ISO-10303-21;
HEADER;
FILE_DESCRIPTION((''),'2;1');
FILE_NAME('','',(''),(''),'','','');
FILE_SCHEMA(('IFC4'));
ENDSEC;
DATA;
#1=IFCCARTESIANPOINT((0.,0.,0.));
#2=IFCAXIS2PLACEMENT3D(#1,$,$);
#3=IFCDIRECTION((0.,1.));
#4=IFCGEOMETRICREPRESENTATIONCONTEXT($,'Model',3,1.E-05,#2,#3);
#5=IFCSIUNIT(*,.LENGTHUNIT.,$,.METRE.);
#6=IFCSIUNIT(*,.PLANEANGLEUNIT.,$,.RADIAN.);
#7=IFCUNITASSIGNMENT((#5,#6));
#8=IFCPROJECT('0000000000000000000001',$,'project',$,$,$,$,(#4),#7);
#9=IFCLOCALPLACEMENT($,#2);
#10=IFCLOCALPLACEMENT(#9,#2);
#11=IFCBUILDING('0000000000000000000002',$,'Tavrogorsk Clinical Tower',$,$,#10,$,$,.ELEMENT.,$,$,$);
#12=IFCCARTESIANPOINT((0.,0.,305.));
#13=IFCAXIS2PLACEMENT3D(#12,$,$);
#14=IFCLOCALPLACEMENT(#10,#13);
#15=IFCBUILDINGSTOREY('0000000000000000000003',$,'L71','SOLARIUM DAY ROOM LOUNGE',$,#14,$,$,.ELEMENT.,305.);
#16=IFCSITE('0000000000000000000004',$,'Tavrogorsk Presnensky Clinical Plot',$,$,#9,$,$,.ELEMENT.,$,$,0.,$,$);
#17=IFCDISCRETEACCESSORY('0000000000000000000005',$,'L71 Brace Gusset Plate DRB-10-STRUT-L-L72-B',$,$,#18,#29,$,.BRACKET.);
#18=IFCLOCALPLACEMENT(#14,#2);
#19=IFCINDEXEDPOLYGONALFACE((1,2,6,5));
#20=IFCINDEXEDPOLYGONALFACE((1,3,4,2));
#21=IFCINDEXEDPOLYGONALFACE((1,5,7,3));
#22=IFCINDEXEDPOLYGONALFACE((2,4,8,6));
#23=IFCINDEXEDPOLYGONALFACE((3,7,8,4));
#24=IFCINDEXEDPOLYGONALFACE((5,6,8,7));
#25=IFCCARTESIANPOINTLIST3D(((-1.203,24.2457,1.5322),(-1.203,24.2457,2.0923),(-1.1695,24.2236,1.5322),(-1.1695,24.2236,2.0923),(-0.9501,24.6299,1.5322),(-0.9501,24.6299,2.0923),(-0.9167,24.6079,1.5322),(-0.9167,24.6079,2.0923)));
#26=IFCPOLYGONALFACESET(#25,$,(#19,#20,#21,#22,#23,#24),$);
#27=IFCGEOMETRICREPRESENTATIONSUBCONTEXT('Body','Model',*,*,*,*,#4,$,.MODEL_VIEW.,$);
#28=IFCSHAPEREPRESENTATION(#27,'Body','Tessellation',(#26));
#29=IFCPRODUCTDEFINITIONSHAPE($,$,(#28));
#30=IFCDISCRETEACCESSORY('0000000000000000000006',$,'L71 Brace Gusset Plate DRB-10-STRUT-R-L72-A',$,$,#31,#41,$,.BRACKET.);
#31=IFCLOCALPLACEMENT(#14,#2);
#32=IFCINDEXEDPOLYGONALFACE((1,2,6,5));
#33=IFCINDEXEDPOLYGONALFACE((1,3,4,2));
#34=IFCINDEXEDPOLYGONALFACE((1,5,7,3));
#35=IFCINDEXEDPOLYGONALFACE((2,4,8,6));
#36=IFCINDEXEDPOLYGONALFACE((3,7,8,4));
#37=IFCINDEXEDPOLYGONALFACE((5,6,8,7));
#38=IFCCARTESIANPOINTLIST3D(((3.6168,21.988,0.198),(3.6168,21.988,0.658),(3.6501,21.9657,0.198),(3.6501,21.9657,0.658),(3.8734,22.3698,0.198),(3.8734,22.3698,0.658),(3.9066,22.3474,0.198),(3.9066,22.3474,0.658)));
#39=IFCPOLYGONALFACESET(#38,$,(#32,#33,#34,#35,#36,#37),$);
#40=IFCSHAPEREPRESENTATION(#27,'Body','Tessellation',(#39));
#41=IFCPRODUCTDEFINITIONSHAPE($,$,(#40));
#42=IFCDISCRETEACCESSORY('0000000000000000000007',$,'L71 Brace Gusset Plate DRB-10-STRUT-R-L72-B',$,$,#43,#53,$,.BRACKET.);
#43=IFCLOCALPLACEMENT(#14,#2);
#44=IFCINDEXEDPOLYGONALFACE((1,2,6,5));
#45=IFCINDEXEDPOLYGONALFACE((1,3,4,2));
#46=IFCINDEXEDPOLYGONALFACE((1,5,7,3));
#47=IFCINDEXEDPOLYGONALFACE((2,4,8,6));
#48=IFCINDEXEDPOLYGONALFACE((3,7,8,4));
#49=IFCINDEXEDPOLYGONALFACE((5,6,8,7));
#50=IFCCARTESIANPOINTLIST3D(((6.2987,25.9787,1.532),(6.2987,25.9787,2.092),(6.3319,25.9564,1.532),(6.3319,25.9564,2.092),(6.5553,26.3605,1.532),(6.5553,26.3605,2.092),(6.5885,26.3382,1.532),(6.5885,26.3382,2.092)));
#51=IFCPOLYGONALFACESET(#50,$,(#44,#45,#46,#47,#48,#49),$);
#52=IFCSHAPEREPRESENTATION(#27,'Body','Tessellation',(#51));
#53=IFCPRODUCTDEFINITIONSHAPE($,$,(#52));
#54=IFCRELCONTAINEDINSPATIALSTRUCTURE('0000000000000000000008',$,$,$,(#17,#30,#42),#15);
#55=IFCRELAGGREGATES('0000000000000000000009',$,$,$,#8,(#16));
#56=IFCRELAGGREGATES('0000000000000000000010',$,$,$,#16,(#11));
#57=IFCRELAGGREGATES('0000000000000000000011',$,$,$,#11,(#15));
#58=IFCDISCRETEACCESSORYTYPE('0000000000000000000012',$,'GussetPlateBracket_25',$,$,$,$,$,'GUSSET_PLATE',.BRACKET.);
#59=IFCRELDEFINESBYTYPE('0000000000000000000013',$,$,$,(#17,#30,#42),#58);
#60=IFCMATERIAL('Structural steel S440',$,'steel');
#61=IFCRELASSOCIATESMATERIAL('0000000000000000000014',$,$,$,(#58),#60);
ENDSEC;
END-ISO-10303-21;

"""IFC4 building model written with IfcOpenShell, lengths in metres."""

from ifc_helpers import new_model, si_unit, direction, frame, origin, origin_2d, place, context, subcontext, project, spatial, rectangle, extrude, material, type_object, element, save


model = new_model("IFC4")

# Units and contexts
model_context = context("Model", 3, precision=1e-05, world=origin(), true_north=direction((0.0, 1.0)))
body_context = subcontext(model_context, "Body", "Model", "MODEL_VIEW")
ifc_project = project(units=[si_unit("LENGTHUNIT", "METRE"), si_unit("PLANEANGLEUNIT", "RADIAN")], contexts=[model_context])

# Site, building, storey
site_placement = place(None, origin())
site = spatial("IfcSite", under=ifc_project, at=site_placement, Name="Tavrogorsk Presnensky Clinical Plot", CompositionType="ELEMENT", RefElevation=0.0)
building_placement = place(site_placement, origin())
building = spatial("IfcBuilding", under=site, at=building_placement, Name="Tavrogorsk Clinical Tower", CompositionType="ELEMENT")
storey_placement = place(building_placement, frame((0.0, 0.0, 305.0)))
storey = spatial("IfcBuildingStorey", under=building, at=storey_placement, Name="L71", Description="SOLARIUM DAY ROOM LOUNGE", CompositionType="ELEMENT", Elevation=305.0)

# Discrete accessories
ifc_material_1 = material(Name="Structural steel S440", Category="steel")
discrete_accessory_type = type_object("IfcDiscreteAccessoryType", Name="GussetPlateBracket_25", ElementType="GUSSET_PLATE", PredefinedType="BRACKET", material=ifc_material_1)
discrete_accessory_1_placement = place(storey_placement, frame((-1.0598, 24.4268, 1.5322), z_axis=(0.0, 0.0, 1.0), x_axis=(0.549752, 0.835328, 0.0)))
element("IfcDiscreteAccessory", 1, at=discrete_accessory_1_placement, inside=storey, type_object=discrete_accessory_type, Name="L71 Brace Gusset Plate DRB-10-STRUT-L-L72-B", PredefinedType="BRACKET", context=body_context, shape_type="SweptSolid", body=[
    extrude(rectangle(XDim=0.46, YDim=0.04, at=origin_2d()), origin(), (0.0, 0.0, 1.0), 0.5601),
])
discrete_accessory_2_placement = place(storey_placement, frame((3.7617, 22.1677, 0.198), z_axis=(0.0, 0.0, 1.0), x_axis=(0.557745, 0.830012, 0.0)))
element("IfcDiscreteAccessory", 2, at=discrete_accessory_2_placement, inside=storey, type_object=discrete_accessory_type, Name="L71 Brace Gusset Plate DRB-10-STRUT-R-L72-A", PredefinedType="BRACKET", context=body_context, shape_type="SweptSolid", body=[
    extrude(rectangle(XDim=0.46, YDim=0.04, at=origin_2d()), origin(), (0.0, 0.0, 1.0), 0.46),
])
discrete_accessory_3_placement = place(storey_placement, frame((6.4436, 26.1584, 1.532), z_axis=(0.0, 0.0, 1.0), x_axis=(0.557745, 0.830012, 0.0)))
element("IfcDiscreteAccessory", 3, at=discrete_accessory_3_placement, inside=storey, type_object=discrete_accessory_type, Name="L71 Brace Gusset Plate DRB-10-STRUT-R-L72-B", PredefinedType="BRACKET", context=body_context, shape_type="SweptSolid", body=[
    extrude(rectangle(XDim=0.46, YDim=0.04, at=origin_2d()), origin(), (0.0, 0.0, 1.0), 0.5601),
])

save(model, "model.ifc")
